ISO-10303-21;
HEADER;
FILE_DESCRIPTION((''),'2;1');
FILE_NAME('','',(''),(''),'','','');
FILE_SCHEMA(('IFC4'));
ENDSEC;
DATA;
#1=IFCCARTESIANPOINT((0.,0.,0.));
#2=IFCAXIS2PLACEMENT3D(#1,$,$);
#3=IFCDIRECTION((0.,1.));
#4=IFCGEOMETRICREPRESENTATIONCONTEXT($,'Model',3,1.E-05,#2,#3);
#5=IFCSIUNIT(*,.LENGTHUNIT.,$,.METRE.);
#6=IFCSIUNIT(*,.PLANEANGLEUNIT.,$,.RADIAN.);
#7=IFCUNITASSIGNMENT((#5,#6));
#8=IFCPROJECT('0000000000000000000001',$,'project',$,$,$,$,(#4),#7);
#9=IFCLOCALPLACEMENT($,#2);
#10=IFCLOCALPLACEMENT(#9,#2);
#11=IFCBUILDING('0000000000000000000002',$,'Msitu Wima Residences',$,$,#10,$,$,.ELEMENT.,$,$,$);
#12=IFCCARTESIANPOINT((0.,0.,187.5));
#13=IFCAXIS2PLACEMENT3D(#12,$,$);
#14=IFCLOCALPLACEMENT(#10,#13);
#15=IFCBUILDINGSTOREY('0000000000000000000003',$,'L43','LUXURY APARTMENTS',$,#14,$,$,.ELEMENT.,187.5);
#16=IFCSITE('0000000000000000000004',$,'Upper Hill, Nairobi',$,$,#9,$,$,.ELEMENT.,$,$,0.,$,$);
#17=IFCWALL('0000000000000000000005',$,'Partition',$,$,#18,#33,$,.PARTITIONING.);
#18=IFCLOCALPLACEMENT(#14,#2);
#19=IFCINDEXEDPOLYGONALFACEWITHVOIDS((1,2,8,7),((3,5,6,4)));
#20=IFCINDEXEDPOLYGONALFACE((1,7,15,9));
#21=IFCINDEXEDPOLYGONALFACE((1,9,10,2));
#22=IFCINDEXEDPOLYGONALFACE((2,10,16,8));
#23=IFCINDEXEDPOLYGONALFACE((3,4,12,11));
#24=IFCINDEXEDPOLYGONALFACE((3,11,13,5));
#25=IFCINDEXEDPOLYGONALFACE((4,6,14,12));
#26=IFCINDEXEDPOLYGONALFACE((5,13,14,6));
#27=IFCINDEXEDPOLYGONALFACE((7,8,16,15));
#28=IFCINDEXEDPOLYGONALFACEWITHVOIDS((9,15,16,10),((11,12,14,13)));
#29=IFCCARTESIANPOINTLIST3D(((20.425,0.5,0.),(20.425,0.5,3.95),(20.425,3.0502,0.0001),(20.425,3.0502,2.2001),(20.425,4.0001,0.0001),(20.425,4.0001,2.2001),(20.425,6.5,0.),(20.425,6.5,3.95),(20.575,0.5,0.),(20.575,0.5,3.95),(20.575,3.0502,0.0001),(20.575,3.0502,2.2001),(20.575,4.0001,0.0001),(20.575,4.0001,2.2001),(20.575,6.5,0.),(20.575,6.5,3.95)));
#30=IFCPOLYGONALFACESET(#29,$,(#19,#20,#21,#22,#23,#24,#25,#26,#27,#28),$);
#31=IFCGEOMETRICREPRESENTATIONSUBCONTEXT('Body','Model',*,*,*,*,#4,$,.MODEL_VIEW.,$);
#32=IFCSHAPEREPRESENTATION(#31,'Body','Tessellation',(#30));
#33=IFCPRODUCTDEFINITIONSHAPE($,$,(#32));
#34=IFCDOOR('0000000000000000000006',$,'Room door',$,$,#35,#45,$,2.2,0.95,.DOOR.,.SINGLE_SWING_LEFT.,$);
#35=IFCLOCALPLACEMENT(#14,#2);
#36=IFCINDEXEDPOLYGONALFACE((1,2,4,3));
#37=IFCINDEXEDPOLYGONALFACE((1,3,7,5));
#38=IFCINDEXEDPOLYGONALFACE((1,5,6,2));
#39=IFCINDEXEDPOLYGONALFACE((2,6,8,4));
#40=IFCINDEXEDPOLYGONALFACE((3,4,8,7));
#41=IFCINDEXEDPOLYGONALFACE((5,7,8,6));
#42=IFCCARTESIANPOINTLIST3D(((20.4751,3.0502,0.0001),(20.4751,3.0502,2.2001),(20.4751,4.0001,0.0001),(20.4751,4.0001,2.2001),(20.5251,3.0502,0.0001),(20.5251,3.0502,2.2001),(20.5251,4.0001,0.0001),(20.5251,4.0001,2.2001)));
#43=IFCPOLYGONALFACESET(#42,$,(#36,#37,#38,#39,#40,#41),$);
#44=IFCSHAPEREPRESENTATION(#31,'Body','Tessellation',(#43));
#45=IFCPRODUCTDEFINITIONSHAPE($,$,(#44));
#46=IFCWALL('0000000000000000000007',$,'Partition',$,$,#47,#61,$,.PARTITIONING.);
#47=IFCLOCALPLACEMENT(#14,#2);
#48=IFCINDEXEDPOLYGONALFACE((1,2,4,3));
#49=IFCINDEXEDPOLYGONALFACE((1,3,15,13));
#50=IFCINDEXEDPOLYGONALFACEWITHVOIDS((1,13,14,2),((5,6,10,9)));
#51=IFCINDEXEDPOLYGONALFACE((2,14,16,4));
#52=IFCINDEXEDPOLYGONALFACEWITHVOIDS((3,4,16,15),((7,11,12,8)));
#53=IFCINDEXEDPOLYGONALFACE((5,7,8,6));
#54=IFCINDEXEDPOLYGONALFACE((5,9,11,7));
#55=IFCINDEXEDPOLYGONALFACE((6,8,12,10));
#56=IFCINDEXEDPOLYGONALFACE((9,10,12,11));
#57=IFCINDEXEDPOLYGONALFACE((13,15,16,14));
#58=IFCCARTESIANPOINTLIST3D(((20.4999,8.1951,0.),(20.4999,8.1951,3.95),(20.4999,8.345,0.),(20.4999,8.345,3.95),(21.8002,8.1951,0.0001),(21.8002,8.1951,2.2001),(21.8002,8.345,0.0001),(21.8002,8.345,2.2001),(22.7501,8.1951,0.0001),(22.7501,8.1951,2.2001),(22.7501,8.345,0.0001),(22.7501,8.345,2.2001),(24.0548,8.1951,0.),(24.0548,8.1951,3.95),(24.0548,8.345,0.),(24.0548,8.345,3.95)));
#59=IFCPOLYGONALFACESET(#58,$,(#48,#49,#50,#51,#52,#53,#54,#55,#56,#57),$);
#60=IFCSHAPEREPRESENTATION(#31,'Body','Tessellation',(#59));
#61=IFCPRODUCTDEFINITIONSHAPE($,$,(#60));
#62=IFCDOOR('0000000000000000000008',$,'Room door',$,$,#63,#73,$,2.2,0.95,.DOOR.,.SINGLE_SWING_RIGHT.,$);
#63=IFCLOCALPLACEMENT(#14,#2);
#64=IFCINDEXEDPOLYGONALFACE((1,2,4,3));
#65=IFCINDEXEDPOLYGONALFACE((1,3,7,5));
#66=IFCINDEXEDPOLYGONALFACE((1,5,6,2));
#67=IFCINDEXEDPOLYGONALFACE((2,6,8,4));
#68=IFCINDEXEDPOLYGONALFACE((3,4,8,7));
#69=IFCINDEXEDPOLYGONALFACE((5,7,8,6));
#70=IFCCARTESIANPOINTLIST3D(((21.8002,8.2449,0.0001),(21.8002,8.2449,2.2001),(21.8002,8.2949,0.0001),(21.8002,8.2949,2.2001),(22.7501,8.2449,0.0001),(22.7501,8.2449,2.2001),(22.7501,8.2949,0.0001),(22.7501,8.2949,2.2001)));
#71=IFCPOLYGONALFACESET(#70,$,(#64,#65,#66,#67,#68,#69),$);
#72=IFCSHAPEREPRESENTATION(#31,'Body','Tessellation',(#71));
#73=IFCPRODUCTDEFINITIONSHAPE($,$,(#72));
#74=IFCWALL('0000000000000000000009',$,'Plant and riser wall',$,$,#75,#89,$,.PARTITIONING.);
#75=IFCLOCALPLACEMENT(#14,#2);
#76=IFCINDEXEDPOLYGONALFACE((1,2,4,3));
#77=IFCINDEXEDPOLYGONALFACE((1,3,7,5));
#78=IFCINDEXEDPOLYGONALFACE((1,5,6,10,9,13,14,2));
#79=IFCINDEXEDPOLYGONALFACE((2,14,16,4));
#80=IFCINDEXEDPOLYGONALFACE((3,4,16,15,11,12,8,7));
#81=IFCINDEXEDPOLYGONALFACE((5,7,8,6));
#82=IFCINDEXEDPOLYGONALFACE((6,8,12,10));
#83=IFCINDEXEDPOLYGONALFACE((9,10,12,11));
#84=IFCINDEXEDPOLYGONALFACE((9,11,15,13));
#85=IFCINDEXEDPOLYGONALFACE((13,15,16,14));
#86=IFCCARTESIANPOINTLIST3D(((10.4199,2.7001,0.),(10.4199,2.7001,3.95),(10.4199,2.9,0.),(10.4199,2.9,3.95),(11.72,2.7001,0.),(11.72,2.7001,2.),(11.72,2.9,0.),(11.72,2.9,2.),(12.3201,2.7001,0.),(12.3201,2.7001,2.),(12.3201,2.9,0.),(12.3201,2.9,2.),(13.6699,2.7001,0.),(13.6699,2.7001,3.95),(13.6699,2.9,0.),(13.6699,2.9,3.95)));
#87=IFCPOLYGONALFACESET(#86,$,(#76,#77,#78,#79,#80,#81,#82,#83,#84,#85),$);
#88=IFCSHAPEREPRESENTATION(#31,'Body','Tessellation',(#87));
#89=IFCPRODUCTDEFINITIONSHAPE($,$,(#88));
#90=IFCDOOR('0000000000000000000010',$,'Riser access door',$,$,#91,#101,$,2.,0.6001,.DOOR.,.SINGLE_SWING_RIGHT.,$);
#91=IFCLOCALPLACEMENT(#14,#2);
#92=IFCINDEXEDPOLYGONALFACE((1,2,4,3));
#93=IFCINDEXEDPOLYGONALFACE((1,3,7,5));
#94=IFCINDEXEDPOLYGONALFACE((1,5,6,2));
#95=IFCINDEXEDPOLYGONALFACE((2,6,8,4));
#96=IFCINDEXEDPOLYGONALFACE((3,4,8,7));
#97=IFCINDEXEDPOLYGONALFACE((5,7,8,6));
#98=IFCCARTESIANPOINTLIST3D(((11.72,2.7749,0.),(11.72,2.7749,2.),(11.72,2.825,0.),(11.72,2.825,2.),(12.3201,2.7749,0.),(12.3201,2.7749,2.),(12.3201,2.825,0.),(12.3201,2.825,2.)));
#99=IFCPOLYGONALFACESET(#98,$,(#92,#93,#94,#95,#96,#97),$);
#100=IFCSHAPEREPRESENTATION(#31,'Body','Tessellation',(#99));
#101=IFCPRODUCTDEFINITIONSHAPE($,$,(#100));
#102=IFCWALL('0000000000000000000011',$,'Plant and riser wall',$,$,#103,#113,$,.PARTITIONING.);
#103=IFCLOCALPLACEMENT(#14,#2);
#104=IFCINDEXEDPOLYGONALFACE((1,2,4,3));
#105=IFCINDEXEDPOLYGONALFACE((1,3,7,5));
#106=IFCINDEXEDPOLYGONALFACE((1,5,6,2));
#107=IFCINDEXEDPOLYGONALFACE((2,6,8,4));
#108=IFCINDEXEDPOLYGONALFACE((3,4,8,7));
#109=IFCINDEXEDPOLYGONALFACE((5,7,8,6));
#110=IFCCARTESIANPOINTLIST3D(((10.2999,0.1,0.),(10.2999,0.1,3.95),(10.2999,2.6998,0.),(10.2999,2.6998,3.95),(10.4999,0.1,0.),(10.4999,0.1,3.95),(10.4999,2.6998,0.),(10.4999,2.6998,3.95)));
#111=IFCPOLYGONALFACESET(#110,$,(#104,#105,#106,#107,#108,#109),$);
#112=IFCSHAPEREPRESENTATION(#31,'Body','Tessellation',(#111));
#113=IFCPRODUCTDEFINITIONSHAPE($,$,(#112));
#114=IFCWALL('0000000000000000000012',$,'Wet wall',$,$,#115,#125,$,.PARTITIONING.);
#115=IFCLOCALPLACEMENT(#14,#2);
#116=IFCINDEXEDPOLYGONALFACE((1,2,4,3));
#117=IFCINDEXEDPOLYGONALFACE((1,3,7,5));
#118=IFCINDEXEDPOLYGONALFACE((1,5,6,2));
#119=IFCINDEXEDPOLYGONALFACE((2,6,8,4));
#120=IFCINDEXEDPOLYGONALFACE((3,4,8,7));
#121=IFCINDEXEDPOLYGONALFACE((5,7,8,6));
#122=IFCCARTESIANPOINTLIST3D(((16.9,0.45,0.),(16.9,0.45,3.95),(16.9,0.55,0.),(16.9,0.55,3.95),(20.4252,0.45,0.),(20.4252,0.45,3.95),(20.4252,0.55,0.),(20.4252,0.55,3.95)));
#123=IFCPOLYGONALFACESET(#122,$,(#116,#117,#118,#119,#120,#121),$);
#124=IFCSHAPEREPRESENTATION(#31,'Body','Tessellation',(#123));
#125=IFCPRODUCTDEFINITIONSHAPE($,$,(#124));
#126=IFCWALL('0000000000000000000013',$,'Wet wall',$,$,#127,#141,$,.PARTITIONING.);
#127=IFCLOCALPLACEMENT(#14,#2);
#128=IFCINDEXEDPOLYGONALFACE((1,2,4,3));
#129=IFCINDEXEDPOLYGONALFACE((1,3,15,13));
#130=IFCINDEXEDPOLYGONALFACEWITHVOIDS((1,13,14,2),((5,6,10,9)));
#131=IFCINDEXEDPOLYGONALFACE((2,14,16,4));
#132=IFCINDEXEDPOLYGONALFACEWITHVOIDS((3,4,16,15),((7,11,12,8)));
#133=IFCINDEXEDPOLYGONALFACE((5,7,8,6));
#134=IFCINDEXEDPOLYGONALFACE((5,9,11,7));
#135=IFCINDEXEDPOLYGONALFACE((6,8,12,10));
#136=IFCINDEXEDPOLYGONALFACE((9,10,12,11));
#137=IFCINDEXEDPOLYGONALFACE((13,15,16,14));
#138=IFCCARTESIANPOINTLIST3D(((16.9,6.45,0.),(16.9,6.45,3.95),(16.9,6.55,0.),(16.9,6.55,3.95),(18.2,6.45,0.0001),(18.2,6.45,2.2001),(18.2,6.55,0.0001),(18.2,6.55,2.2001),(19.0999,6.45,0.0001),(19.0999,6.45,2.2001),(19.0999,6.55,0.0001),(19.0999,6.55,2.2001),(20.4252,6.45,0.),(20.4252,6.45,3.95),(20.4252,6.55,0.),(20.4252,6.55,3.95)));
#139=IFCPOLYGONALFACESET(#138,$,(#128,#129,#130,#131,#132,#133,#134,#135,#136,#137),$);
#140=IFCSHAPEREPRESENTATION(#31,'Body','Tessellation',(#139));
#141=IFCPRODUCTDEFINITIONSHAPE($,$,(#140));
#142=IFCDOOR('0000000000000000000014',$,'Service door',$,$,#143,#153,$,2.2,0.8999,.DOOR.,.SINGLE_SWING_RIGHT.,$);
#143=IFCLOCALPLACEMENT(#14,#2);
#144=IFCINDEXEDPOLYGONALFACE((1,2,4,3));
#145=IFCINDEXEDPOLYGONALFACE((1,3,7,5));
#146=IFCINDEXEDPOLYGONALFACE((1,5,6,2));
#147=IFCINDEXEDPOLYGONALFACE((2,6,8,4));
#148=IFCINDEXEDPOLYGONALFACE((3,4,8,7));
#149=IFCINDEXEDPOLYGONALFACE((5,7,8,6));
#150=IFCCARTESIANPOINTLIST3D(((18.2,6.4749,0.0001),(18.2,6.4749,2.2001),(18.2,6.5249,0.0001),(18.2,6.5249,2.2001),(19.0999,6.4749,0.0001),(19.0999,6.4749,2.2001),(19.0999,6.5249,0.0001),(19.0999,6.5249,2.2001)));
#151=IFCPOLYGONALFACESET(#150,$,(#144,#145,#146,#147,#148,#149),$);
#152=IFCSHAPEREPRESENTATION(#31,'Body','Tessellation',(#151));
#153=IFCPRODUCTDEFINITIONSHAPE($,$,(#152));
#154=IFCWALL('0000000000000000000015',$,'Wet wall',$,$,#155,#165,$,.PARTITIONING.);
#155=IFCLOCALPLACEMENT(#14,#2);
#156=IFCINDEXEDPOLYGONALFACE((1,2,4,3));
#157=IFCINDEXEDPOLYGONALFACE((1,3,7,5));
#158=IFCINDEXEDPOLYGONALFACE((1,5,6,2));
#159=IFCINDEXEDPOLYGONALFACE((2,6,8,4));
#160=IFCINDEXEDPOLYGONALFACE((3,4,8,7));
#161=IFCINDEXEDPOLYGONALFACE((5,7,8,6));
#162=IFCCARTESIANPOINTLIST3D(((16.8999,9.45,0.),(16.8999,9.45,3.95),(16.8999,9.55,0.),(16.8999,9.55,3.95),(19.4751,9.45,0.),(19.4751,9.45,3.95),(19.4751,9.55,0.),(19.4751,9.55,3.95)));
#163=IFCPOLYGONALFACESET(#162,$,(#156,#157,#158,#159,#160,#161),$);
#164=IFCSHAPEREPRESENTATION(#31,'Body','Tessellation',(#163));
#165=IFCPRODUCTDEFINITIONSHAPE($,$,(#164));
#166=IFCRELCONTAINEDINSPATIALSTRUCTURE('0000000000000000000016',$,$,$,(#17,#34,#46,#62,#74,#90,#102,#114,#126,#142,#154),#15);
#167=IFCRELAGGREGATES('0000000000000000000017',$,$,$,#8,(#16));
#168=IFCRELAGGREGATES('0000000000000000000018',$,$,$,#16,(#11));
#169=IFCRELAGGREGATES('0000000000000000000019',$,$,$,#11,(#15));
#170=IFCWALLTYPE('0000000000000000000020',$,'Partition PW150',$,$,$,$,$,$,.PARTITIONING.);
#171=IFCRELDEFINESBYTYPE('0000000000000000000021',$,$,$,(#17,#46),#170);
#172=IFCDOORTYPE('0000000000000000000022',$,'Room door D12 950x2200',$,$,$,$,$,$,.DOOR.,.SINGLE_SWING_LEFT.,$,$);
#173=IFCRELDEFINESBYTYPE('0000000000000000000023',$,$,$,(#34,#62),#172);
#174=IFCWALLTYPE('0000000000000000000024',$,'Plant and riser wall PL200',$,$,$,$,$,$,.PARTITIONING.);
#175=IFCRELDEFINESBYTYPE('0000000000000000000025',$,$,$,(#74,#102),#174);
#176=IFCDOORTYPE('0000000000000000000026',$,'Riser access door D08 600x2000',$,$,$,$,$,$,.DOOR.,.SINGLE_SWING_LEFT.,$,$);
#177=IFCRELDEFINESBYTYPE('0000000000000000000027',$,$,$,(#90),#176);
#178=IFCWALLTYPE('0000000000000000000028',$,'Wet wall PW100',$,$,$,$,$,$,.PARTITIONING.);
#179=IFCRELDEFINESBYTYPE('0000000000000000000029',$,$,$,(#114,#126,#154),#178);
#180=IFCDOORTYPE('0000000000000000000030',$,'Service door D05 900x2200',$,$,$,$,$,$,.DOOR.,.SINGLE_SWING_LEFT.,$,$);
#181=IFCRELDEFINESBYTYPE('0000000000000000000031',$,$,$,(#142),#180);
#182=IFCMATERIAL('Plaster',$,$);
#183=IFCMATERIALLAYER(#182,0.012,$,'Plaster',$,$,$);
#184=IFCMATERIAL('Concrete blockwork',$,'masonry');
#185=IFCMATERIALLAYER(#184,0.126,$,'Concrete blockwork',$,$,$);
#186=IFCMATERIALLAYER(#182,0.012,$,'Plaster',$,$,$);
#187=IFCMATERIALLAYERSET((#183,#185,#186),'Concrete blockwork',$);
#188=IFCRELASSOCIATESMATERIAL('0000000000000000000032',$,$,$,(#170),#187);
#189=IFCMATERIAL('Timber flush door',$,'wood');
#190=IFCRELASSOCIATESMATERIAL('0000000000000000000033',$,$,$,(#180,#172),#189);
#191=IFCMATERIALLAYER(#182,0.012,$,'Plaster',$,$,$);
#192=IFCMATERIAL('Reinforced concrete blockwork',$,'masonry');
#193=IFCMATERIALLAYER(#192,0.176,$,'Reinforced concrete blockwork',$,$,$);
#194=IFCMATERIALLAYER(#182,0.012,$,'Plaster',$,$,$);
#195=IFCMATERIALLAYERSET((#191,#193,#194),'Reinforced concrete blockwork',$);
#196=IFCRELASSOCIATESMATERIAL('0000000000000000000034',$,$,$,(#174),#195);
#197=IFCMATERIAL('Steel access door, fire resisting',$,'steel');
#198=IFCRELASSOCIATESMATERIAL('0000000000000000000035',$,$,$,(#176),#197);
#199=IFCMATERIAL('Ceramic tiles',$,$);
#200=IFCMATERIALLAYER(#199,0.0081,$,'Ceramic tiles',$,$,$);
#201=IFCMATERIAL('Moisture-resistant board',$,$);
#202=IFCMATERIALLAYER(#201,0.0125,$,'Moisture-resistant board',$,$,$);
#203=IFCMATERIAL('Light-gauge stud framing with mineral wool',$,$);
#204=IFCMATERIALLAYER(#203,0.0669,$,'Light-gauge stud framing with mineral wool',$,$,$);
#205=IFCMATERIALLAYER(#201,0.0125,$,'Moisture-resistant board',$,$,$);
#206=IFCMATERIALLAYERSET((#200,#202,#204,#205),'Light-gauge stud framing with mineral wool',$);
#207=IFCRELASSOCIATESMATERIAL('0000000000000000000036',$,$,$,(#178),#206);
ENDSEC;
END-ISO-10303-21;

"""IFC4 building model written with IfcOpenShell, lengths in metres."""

from ifc_helpers import new_model, si_unit, direction, frame, frame_2d, origin, place, context, subcontext, project, spatial, rectangle, extrude, material, layer, layer_set, type_object, element, fill, save


model = new_model("IFC4")

# Units and contexts
model_context = context("Model", 3, precision=1e-05, world=origin(), true_north=direction((0.0, 1.0)))
body_context = subcontext(model_context, "Body", "Model", "MODEL_VIEW")
ifc_project = project(units=[si_unit("LENGTHUNIT", "METRE"), si_unit("PLANEANGLEUNIT", "RADIAN")], contexts=[model_context])

# Site, building, storey
site_placement = place(None, origin())
site = spatial("IfcSite", under=ifc_project, at=site_placement, Name="Upper Hill, Nairobi", CompositionType="ELEMENT", RefElevation=0.0)
building_placement = place(site_placement, origin())
building = spatial("IfcBuilding", under=site, at=building_placement, Name="Msitu Wima Residences", CompositionType="ELEMENT")
storey_placement = place(building_placement, frame((0.0, 0.0, 187.5)))
storey = spatial("IfcBuildingStorey", under=building, at=storey_placement, Name="L43", Description="LUXURY APARTMENTS", CompositionType="ELEMENT", Elevation=187.5)

# Shared definitions
ifc_material_1 = material(Name="Plaster")
ifc_material_2 = material(Name="Concrete blockwork", Category="masonry")

# Walls, openings, doors
ifc_layer_1 = layer(ifc_material_1, 0.012, Name="Plaster")
ifc_layer_2 = layer(ifc_material_2, 0.126, Name="Concrete blockwork")
ifc_layer_3 = layer(ifc_material_1, 0.012, Name="Plaster")
ifc_layer_set_1 = layer_set([ifc_layer_1, ifc_layer_2, ifc_layer_3], Name="Concrete blockwork")
wall_type_1 = type_object("IfcWallType", Name="Partition PW150", PredefinedType="PARTITIONING", material=ifc_layer_set_1)
ifc_material_3 = material(Name="Timber flush door", Category="wood")
door_type_1 = type_object("IfcDoorType", Name="Service door D05 900x2200", OperationType="SINGLE_SWING_LEFT", PredefinedType="DOOR", material=ifc_material_3)
wall_1_placement = place(storey_placement, frame((20.5, 0.5, 0.0), z_axis=(0.0, 0.0, 1.0), x_axis=(0.0, 1.0, 0.0)))
wall_1 = element("IfcWall", 1, at=wall_1_placement, inside=storey, type_object=wall_type_1, Name="Partition", PredefinedType="PARTITIONING", context=body_context, shape_type="SweptSolid", body=[
    extrude(rectangle(XDim=6.0, YDim=0.1499, at=frame_2d((3.0, 0.0))), origin(), (0.0, 0.0, 1.0), 3.95),
])
opening_1_placement = place(wall_1_placement, frame((2.55, 0.0, 0.0)))
opening_1 = element("IfcOpeningElement", 2, at=opening_1_placement, cuts=wall_1, PredefinedType="OPENING", context=body_context, shape_type="SweptSolid", body=[
    extrude(rectangle(XDim=0.95, YDim=2.2, at=frame_2d((0.4751, 1.1001))), frame((0.0, 0.085, 0.0), z_axis=(0.0, -1.0, 0.0), x_axis=(1.0, 0.0, 0.0)), (0.0, 0.0, 1.0), 0.1699),
])
door_type_2 = type_object("IfcDoorType", Name="Room door D12 950x2200", OperationType="SINGLE_SWING_LEFT", PredefinedType="DOOR", material=ifc_material_3)
door_1_placement = place(opening_1_placement, origin())
door_1 = element("IfcDoor", 3, at=door_1_placement, inside=storey, type_object=door_type_2, Name="Room door", OperationType="SINGLE_SWING_LEFT", OverallHeight=2.2, OverallWidth=0.95, PredefinedType="DOOR", context=body_context, shape_type="SweptSolid", body=[
    extrude(rectangle(XDim=0.95, YDim=2.2, at=frame_2d((0.4751, 1.1001))), frame((0.0, 0.0249, 0.0), z_axis=(0.0, -1.0, 0.0), x_axis=(1.0, 0.0, 0.0)), (0.0, 0.0, 1.0), 0.05),
])
fill(opening_1, door_1)
wall_2_placement = place(storey_placement, frame((20.5, 8.27, 0.0), z_axis=(0.0, 0.0, 1.0), x_axis=(1.0, 0.0, 0.0)))
wall_2 = element("IfcWall", 4, at=wall_2_placement, inside=storey, type_object=wall_type_1, Name="Partition", PredefinedType="PARTITIONING", context=body_context, shape_type="SweptSolid", body=[
    extrude(rectangle(XDim=3.5549, YDim=0.1499, at=frame_2d((1.7773, 0.0))), origin(), (0.0, 0.0, 1.0), 3.95),
])
opening_2_placement = place(wall_2_placement, frame((1.3, 0.0, 0.0)))
opening_2 = element("IfcOpeningElement", 5, at=opening_2_placement, cuts=wall_2, PredefinedType="OPENING", context=body_context, shape_type="SweptSolid", body=[
    extrude(rectangle(XDim=0.95, YDim=2.2, at=frame_2d((0.4751, 1.1001))), frame((0.0, 0.085, 0.0), z_axis=(0.0, -1.0, 0.0), x_axis=(1.0, 0.0, 0.0)), (0.0, 0.0, 1.0), 0.1699),
])
door_2_placement = place(opening_2_placement, origin())
door_2 = element("IfcDoor", 6, at=door_2_placement, inside=storey, type_object=door_type_2, Name="Room door", OperationType="SINGLE_SWING_RIGHT", OverallHeight=2.2, OverallWidth=0.95, PredefinedType="DOOR", context=body_context, shape_type="SweptSolid", body=[
    extrude(rectangle(XDim=0.95, YDim=2.2, at=frame_2d((0.4751, 1.1001))), frame((0.0, 0.0249, 0.0), z_axis=(0.0, -1.0, 0.0), x_axis=(1.0, 0.0, 0.0)), (0.0, 0.0, 1.0), 0.05),
])
fill(opening_2, door_2)
ifc_layer_4 = layer(ifc_material_1, 0.012, Name="Plaster")
ifc_material_4 = material(Name="Reinforced concrete blockwork", Category="masonry")
ifc_layer_5 = layer(ifc_material_4, 0.176, Name="Reinforced concrete blockwork")
ifc_layer_6 = layer(ifc_material_1, 0.012, Name="Plaster")
ifc_layer_set_2 = layer_set([ifc_layer_4, ifc_layer_5, ifc_layer_6], Name="Reinforced concrete blockwork")
wall_type_2 = type_object("IfcWallType", Name="Plant and riser wall PL200", PredefinedType="PARTITIONING", material=ifc_layer_set_2)
wall_3_placement = place(storey_placement, frame((10.4199, 2.8, 0.0), z_axis=(0.0, 0.0, 1.0), x_axis=(1.0, 0.0, 0.0)))
wall_3 = element("IfcWall", 7, at=wall_3_placement, inside=storey, type_object=wall_type_2, Name="Plant and riser wall", PredefinedType="PARTITIONING", context=body_context, shape_type="SweptSolid", body=[
    extrude(rectangle(XDim=3.25, YDim=0.2, at=frame_2d((1.625, 0.0))), origin(), (0.0, 0.0, 1.0), 3.95),
])
opening_3_placement = place(wall_3_placement, frame((1.3, 0.0, 0.0)))
opening_3 = element("IfcOpeningElement", 8, at=opening_3_placement, cuts=wall_3, PredefinedType="OPENING", context=body_context, shape_type="SweptSolid", body=[
    extrude(rectangle(XDim=0.6001, YDim=2.0, at=frame_2d((0.3, 1.0))), frame((0.0, 0.1099, 0.0), z_axis=(0.0, -1.0, 0.0), x_axis=(1.0, 0.0, 0.0)), (0.0, 0.0, 1.0), 0.22),
])
ifc_material_5 = material(Name="Steel access door, fire resisting", Category="steel")
door_type_3 = type_object("IfcDoorType", Name="Riser access door D08 600x2000", OperationType="SINGLE_SWING_LEFT", PredefinedType="DOOR", material=ifc_material_5)
door_3_placement = place(opening_3_placement, origin())
door_3 = element("IfcDoor", 9, at=door_3_placement, inside=storey, type_object=door_type_3, Name="Riser access door", OperationType="SINGLE_SWING_RIGHT", OverallHeight=2.0, OverallWidth=0.6001, PredefinedType="DOOR", context=body_context, shape_type="SweptSolid", body=[
    extrude(rectangle(XDim=0.6001, YDim=2.0, at=frame_2d((0.3, 1.0))), frame((0.0, 0.0249, 0.0), z_axis=(0.0, -1.0, 0.0), x_axis=(1.0, 0.0, 0.0)), (0.0, 0.0, 1.0), 0.05),
])
fill(opening_3, door_3)

# Walls
wall_4_placement = place(storey_placement, frame((10.3999, 0.1001, 0.0), z_axis=(0.0, 0.0, 1.0), x_axis=(0.0, 1.0, 0.0)))
element("IfcWall", 10, at=wall_4_placement, inside=storey, type_object=wall_type_2, Name="Plant and riser wall", PredefinedType="PARTITIONING", context=body_context, shape_type="SweptSolid", body=[
    extrude(rectangle(XDim=2.5999, YDim=0.2, at=frame_2d((1.2998, 0.0))), origin(), (0.0, 0.0, 1.0), 3.95),
])
ifc_material_6 = material(Name="Ceramic tiles")
ifc_layer_7 = layer(ifc_material_6, 0.0081, Name="Ceramic tiles")
ifc_material_7 = material(Name="Moisture-resistant board")
ifc_layer_8 = layer(ifc_material_7, 0.0125, Name="Moisture-resistant board")
ifc_material_8 = material(Name="Light-gauge stud framing with mineral wool")
ifc_layer_9 = layer(ifc_material_8, 0.0669, Name="Light-gauge stud framing with mineral wool")
ifc_layer_10 = layer(ifc_material_7, 0.0125, Name="Moisture-resistant board")
ifc_layer_set_3 = layer_set([ifc_layer_7, ifc_layer_8, ifc_layer_9, ifc_layer_10], Name="Light-gauge stud framing with mineral wool")
wall_type_3 = type_object("IfcWallType", Name="Wet wall PW100", PredefinedType="PARTITIONING", material=ifc_layer_set_3)
wall_5_placement = place(storey_placement, frame((16.8999, 0.5, 0.0), z_axis=(0.0, 0.0, 1.0), x_axis=(1.0, 0.0, 0.0)))
element("IfcWall", 11, at=wall_5_placement, inside=storey, type_object=wall_type_3, Name="Wet wall", PredefinedType="PARTITIONING", context=body_context, shape_type="SweptSolid", body=[
    extrude(rectangle(XDim=3.5251, YDim=0.1001, at=frame_2d((1.7627, 0.0))), origin(), (0.0, 0.0, 1.0), 3.95),
])

# Wall, opening, door
wall_6_placement = place(storey_placement, frame((16.8999, 6.5, 0.0), z_axis=(0.0, 0.0, 1.0), x_axis=(1.0, 0.0, 0.0)))
wall_6 = element("IfcWall", 12, at=wall_6_placement, inside=storey, type_object=wall_type_3, Name="Wet wall", PredefinedType="PARTITIONING", context=body_context, shape_type="SweptSolid", body=[
    extrude(rectangle(XDim=3.5251, YDim=0.1001, at=frame_2d((1.7627, 0.0))), origin(), (0.0, 0.0, 1.0), 3.95),
])
opening_4_placement = place(wall_6_placement, frame((1.3, 0.0, 0.0)))
opening_4 = element("IfcOpeningElement", 13, at=opening_4_placement, cuts=wall_6, PredefinedType="OPENING", context=body_context, shape_type="SweptSolid", body=[
    extrude(rectangle(XDim=0.8999, YDim=2.2, at=frame_2d((0.45, 1.1001))), frame((0.0, 0.0601, 0.0), z_axis=(0.0, -1.0, 0.0), x_axis=(1.0, 0.0, 0.0)), (0.0, 0.0, 1.0), 0.1201),
])
door_4_placement = place(opening_4_placement, origin())
door_4 = element("IfcDoor", 14, at=door_4_placement, inside=storey, type_object=door_type_1, Name="Service door", OperationType="SINGLE_SWING_RIGHT", OverallHeight=2.2, OverallWidth=0.8999, PredefinedType="DOOR", context=body_context, shape_type="SweptSolid", body=[
    extrude(rectangle(XDim=0.8999, YDim=2.2, at=frame_2d((0.45, 1.1001))), frame((0.0, 0.0249, 0.0), z_axis=(0.0, -1.0, 0.0), x_axis=(1.0, 0.0, 0.0)), (0.0, 0.0, 1.0), 0.05),
])
fill(opening_4, door_4)

# Wall
wall_7_placement = place(storey_placement, frame((16.8999, 9.5, 0.0), z_axis=(0.0, 0.0, 1.0), x_axis=(1.0, 0.0, 0.0)))
element("IfcWall", 15, at=wall_7_placement, inside=storey, type_object=wall_type_3, Name="Wet wall", PredefinedType="PARTITIONING", context=body_context, shape_type="SweptSolid", body=[
    extrude(rectangle(XDim=2.5752, YDim=0.1001, at=frame_2d((1.2876, 0.0))), origin(), (0.0, 0.0, 1.0), 3.95),
])

save(model, "model.ifc")
